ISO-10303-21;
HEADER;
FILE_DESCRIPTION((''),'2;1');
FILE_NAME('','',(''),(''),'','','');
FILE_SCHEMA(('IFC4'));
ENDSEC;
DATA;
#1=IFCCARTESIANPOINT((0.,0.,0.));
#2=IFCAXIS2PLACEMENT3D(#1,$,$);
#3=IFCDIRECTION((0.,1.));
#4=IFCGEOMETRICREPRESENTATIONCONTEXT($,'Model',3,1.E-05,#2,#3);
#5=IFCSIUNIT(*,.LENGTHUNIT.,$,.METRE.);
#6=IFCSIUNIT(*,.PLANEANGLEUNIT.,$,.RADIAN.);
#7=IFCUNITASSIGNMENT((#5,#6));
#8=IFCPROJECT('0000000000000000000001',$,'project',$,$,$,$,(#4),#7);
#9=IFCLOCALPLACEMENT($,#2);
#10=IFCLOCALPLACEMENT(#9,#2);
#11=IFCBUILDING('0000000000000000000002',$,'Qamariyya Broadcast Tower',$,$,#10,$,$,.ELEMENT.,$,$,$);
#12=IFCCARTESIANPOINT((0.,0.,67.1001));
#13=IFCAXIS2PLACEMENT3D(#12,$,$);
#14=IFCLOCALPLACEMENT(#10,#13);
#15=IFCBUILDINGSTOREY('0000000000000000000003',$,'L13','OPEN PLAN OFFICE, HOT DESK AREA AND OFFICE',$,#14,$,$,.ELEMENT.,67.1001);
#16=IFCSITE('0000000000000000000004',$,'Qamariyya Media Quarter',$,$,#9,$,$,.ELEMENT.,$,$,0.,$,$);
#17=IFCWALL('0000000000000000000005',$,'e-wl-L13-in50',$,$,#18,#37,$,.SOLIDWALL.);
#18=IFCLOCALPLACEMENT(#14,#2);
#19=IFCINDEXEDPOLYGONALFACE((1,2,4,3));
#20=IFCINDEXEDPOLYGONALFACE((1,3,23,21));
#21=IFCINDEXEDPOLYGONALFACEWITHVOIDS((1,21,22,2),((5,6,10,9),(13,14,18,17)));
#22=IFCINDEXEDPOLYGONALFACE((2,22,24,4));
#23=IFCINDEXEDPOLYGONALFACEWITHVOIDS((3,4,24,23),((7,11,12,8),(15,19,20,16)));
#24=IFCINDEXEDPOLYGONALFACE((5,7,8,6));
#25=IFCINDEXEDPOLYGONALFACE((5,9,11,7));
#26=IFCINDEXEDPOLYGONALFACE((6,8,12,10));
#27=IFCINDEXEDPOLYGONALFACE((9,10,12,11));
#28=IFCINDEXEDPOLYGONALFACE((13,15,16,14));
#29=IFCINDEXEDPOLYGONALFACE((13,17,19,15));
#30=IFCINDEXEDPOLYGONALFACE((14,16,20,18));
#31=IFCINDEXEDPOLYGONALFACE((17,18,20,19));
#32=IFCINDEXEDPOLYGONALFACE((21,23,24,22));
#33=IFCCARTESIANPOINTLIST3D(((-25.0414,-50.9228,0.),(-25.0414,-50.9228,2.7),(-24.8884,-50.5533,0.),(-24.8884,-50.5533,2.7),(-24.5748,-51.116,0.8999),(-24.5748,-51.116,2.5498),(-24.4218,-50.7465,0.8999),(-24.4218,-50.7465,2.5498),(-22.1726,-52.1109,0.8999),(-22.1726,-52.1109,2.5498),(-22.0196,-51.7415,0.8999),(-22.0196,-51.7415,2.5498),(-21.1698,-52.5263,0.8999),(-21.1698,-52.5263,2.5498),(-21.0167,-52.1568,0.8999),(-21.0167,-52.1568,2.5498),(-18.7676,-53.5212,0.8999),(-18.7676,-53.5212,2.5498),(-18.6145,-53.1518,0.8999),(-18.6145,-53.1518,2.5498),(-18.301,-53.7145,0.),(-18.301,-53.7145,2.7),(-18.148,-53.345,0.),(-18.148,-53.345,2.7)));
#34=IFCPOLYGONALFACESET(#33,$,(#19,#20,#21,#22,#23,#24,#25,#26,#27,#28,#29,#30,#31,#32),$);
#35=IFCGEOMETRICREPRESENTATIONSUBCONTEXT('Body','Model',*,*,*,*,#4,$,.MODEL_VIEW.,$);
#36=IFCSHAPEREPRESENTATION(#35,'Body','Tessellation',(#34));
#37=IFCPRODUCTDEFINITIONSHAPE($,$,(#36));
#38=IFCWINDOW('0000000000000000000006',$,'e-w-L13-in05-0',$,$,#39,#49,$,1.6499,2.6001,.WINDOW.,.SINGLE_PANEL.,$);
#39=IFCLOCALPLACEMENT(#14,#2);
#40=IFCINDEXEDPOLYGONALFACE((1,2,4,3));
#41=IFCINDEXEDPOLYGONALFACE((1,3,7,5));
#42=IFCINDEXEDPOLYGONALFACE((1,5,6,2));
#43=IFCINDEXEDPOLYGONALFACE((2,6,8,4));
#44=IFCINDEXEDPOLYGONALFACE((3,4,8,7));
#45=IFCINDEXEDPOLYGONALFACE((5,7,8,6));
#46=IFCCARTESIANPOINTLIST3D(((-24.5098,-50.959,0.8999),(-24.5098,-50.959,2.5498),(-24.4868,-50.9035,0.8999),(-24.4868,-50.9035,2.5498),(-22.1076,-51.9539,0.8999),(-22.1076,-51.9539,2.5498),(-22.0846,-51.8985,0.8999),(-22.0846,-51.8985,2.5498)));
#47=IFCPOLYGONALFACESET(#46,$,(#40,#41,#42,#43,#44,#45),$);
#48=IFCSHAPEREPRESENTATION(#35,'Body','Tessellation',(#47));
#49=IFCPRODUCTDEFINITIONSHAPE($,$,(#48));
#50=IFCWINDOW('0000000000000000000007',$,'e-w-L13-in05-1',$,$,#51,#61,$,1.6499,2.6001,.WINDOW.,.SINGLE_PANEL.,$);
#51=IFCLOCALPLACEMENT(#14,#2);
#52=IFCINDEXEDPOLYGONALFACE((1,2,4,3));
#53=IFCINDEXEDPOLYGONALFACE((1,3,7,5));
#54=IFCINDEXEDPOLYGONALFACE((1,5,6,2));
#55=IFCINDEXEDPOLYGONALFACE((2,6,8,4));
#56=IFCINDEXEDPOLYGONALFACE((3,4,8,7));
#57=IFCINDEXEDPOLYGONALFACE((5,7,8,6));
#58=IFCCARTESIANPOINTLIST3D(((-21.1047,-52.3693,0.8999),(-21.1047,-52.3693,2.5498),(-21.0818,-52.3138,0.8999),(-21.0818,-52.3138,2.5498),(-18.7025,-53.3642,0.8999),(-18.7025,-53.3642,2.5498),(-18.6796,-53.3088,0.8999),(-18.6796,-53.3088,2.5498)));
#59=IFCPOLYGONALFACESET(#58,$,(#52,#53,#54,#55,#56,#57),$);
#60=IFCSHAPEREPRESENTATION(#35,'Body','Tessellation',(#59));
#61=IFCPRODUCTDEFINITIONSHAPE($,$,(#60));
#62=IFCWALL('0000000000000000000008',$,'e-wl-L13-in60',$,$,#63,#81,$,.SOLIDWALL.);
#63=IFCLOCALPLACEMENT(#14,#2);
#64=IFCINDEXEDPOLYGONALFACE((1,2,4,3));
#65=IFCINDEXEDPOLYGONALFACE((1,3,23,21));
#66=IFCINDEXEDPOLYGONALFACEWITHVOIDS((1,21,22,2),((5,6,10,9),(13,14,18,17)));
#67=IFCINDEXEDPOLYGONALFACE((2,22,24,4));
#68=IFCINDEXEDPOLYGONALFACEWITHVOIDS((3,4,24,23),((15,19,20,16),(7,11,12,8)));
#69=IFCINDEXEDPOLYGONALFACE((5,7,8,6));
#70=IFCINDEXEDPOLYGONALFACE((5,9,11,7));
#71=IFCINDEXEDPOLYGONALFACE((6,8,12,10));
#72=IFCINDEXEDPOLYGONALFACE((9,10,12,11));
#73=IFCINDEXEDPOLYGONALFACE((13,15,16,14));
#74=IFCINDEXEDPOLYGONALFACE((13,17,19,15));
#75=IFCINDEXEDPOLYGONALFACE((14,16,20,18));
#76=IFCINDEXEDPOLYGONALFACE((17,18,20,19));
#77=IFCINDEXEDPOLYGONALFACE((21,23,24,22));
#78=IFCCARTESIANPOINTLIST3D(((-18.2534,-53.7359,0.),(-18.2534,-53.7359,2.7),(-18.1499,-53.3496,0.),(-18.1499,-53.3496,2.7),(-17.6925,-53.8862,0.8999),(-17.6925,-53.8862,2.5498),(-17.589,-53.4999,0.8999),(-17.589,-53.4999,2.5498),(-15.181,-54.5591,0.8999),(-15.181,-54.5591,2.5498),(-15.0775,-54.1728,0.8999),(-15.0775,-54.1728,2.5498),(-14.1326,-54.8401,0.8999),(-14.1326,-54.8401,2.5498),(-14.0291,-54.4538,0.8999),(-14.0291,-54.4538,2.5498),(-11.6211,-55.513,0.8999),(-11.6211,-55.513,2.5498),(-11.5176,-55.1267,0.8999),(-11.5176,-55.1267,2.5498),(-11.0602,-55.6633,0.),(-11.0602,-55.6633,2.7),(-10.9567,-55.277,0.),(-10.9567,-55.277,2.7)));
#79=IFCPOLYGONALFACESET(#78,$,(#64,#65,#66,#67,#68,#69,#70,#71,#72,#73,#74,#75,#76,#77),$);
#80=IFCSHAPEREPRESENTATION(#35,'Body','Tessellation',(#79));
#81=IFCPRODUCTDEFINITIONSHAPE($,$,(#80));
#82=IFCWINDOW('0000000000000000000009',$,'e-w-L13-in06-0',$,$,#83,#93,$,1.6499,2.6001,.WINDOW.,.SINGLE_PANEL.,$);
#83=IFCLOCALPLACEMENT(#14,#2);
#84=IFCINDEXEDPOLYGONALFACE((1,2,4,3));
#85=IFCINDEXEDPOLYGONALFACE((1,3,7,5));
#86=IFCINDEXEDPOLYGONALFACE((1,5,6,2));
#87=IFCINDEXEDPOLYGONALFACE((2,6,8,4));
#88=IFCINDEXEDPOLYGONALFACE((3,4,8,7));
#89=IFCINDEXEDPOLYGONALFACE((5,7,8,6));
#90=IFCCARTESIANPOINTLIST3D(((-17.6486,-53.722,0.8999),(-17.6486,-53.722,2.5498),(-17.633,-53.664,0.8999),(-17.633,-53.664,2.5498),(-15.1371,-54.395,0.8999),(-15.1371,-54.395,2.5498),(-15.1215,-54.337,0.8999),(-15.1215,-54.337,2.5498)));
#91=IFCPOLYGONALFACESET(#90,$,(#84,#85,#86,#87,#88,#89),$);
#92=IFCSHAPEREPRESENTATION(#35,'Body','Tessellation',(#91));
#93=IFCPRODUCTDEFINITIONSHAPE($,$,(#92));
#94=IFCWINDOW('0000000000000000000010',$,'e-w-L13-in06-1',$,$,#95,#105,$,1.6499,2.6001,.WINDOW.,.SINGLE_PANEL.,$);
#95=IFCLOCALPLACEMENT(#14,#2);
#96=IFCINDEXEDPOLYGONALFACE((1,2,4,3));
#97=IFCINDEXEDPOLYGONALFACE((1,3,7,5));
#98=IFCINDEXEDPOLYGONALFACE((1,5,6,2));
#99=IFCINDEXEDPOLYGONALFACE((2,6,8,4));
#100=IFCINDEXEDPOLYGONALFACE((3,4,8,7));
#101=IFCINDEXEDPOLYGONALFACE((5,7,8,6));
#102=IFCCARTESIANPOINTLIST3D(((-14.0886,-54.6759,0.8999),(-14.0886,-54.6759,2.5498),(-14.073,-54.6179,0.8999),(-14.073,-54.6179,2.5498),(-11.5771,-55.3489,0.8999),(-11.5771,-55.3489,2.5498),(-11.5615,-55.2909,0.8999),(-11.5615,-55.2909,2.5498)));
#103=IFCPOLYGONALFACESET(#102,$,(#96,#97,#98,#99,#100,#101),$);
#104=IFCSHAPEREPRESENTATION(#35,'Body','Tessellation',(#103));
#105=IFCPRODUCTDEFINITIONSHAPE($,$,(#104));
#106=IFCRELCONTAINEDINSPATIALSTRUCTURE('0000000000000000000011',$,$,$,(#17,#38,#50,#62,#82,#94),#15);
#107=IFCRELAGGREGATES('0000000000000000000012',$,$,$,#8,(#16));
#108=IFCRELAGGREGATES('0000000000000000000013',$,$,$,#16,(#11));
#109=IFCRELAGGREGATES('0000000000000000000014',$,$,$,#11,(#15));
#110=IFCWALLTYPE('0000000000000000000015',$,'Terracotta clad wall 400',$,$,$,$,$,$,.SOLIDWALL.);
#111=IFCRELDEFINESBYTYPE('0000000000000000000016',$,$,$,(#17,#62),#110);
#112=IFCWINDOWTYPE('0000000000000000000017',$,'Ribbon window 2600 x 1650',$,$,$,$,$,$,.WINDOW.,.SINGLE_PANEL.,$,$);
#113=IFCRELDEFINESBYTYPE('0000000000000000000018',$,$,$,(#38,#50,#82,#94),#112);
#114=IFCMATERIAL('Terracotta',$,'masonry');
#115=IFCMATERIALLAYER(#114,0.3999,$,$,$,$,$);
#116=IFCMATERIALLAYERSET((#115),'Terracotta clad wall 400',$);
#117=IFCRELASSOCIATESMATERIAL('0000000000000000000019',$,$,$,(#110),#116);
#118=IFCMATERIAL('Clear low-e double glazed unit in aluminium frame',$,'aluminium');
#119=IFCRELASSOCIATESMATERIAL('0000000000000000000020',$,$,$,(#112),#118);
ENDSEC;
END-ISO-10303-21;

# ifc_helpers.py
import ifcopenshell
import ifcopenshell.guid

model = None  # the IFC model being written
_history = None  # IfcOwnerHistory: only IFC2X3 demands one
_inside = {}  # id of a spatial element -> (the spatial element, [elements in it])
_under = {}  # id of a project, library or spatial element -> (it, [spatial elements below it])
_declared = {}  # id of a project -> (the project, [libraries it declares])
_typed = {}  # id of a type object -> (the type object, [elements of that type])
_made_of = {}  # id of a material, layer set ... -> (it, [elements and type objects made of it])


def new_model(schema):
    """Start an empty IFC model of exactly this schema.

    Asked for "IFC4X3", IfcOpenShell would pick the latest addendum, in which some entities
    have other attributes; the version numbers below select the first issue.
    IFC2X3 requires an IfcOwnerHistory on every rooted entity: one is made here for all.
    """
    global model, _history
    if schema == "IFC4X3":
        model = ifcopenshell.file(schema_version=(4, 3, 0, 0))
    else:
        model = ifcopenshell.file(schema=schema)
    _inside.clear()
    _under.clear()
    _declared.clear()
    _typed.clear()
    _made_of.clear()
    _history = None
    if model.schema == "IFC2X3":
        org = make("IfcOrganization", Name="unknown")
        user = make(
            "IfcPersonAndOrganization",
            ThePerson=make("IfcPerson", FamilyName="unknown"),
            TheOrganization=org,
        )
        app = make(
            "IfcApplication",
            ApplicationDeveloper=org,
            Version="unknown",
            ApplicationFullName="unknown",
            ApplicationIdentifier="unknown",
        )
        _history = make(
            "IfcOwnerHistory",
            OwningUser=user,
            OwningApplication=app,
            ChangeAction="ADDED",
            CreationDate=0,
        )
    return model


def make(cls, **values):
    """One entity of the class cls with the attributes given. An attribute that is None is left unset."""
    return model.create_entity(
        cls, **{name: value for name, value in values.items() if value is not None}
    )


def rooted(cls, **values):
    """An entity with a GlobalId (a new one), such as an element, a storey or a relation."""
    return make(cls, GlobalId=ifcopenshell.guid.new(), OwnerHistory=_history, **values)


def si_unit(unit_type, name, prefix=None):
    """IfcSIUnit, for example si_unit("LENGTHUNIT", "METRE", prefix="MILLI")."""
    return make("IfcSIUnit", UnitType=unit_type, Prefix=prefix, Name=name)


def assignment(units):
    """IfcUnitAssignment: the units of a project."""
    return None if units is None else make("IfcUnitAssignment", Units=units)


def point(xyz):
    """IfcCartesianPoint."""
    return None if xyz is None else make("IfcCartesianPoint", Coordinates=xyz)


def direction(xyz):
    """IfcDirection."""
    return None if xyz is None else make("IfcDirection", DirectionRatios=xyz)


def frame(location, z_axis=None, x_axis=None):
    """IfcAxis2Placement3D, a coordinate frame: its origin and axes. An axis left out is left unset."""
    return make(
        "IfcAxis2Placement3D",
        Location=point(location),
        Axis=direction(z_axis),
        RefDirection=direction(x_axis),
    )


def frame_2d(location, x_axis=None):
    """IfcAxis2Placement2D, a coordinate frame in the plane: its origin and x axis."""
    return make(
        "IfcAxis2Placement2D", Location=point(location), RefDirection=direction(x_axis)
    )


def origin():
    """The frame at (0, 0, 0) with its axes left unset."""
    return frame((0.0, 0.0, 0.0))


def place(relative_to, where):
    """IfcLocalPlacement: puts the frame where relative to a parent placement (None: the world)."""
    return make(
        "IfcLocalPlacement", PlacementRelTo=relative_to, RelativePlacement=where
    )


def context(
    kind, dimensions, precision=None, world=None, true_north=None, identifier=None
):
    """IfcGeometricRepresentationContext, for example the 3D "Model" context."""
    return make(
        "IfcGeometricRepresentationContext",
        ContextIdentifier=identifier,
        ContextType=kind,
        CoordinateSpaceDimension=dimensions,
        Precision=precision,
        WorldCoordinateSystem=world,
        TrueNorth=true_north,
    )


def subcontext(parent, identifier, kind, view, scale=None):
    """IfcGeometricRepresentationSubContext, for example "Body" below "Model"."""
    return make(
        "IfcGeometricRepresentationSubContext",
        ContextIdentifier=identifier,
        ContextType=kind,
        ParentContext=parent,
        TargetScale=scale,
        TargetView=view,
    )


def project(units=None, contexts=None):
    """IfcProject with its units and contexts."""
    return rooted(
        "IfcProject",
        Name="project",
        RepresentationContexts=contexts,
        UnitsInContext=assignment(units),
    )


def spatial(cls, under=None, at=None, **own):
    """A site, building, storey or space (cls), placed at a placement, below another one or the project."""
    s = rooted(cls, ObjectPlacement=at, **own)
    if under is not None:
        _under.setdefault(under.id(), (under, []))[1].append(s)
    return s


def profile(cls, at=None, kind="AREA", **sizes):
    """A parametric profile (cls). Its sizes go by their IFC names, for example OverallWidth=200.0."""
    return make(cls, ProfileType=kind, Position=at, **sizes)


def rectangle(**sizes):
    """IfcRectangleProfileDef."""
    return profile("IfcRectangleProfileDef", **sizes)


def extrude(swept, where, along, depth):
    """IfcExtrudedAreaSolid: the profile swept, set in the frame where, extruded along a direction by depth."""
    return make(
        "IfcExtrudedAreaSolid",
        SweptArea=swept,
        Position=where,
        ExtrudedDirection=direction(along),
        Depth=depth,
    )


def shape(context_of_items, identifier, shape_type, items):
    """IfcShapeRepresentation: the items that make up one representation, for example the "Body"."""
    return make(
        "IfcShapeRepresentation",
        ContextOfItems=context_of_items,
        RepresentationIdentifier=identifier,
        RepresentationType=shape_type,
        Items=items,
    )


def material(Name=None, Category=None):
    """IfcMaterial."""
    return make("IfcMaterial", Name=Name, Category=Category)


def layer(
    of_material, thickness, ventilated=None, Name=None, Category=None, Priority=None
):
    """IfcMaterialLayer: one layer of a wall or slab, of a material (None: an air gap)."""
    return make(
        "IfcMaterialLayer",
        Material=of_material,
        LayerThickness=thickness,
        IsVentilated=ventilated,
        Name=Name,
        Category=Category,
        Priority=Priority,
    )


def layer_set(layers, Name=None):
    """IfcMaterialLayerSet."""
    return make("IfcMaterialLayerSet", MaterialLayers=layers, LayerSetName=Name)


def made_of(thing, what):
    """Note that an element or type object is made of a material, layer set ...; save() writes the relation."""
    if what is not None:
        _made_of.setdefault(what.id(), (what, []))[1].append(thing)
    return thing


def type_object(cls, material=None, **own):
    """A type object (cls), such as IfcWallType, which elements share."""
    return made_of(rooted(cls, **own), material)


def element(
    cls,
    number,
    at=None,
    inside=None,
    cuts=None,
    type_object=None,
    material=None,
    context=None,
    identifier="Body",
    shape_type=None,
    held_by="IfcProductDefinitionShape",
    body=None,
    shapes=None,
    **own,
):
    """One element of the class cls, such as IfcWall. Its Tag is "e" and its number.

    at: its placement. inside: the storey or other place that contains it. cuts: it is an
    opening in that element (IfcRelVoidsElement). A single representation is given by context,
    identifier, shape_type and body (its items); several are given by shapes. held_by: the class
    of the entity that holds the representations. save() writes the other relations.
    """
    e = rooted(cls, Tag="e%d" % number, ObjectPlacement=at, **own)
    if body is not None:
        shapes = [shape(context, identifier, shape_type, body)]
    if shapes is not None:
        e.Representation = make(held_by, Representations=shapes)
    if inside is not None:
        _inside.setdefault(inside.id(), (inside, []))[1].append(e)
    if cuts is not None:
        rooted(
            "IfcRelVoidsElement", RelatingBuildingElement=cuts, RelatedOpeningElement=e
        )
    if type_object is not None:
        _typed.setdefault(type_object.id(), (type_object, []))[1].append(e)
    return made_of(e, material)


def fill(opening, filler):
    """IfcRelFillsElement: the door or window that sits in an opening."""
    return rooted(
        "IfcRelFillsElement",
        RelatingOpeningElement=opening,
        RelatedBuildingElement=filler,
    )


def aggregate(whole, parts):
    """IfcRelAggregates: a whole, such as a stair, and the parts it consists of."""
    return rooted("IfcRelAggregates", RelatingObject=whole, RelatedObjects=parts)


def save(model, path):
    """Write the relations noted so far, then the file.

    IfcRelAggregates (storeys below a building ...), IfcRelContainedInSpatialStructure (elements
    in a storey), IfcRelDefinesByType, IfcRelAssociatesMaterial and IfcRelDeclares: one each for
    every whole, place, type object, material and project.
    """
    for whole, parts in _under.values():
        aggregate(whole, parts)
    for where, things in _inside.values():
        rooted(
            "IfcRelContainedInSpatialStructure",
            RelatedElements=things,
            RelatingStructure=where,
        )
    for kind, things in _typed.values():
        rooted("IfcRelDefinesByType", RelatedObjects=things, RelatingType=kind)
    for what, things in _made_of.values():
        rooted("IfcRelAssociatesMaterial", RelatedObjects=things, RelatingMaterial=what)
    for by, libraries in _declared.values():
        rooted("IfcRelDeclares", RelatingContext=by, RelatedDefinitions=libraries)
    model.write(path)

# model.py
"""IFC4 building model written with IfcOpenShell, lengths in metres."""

from ifc_helpers import new_model, si_unit, direction, frame, frame_2d, origin, place, context, subcontext, project, spatial, rectangle, extrude, material, layer, layer_set, type_object, element, fill, save


model = new_model("IFC4")

# Units and contexts
model_context = context("Model", 3, precision=1e-05, world=origin(), true_north=direction((0.0, 1.0)))
body_context = subcontext(model_context, "Body", "Model", "MODEL_VIEW")
ifc_project = project(units=[si_unit("LENGTHUNIT", "METRE"), si_unit("PLANEANGLEUNIT", "RADIAN")], contexts=[model_context])

# Site, building, storey
site_placement = place(None, origin())
site = spatial("IfcSite", under=ifc_project, at=site_placement, Name="Qamariyya Media Quarter", CompositionType="ELEMENT", RefElevation=0.0)
building_placement = place(site_placement, origin())
building = spatial("IfcBuilding", under=site, at=building_placement, Name="Qamariyya Broadcast Tower", CompositionType="ELEMENT")
storey_placement = place(building_placement, frame((0.0, 0.0, 67.1001)))
storey = spatial("IfcBuildingStorey", under=building, at=storey_placement, Name="L13", Description="OPEN PLAN OFFICE, HOT DESK AREA AND OFFICE", CompositionType="ELEMENT", Elevation=67.1001)

# Walls, openings, windows
ifc_material_1 = material(Name="Terracotta", Category="masonry")
ifc_layer_1 = layer(ifc_material_1, 0.3999)
ifc_layer_set_1 = layer_set([ifc_layer_1], Name="Terracotta clad wall 400")
wall_type_1 = type_object("IfcWallType", Name="Terracotta clad wall 400", PredefinedType="SOLIDWALL", material=ifc_layer_set_1)
ifc_material_2 = material(Name="Clear low-e double glazed unit in aluminium frame", Category="aluminium")
window_type = type_object("IfcWindowType", Name="Ribbon window 2600 x 1650", PartitioningType="SINGLE_PANEL", PredefinedType="WINDOW", material=ifc_material_2)
wall_1_placement = place(storey_placement, frame((-18.2244, -53.5298, 0.0), z_axis=(0.0, 0.0, 1.0), x_axis=(-0.923892, 0.382654, 0.0)))
wall_1 = element("IfcWall", 1, at=wall_1_placement, inside=storey, type_object=wall_type_1, Name="e-wl-L13-in50", PredefinedType="SOLIDWALL", context=body_context, shape_type="SweptSolid", body=[
    extrude(rectangle(XDim=7.2957, YDim=0.3999, at=frame_2d((3.6479, 0.0))), origin(), (0.0, 0.0, 1.0), 2.7),
])
opening_1_placement = place(wall_1_placement, frame((4.1907, 0.0, 0.8999)))
opening_1 = element("IfcOpeningElement", 2, at=opening_1_placement, cuts=wall_1, PredefinedType="OPENING", context=body_context, shape_type="SweptSolid", body=[
    extrude(rectangle(XDim=2.6001, YDim=1.6499, at=frame_2d((1.3, 0.825))), frame((0.0, 0.21, 0.0), z_axis=(0.0, -1.0, 0.0), x_axis=(1.0, 0.0, 0.0)), (0.0, 0.0, 1.0), 0.4199),
])
opening_2_placement = place(wall_1_placement, frame((0.5051, 0.0, 0.8999)))
opening_2 = element("IfcOpeningElement", 3, at=opening_2_placement, cuts=wall_1, PredefinedType="OPENING", context=body_context, shape_type="SweptSolid", body=[
    extrude(rectangle(XDim=2.6001, YDim=1.6499, at=frame_2d((1.3, 0.825))), frame((0.0, 0.21, 0.0), z_axis=(0.0, -1.0, 0.0), x_axis=(1.0, 0.0, 0.0)), (0.0, 0.0, 1.0), 0.4199),
])
window_1_placement = place(opening_1_placement, origin())
window_1 = element("IfcWindow", 4, at=window_1_placement, inside=storey, type_object=window_type, Name="e-w-L13-in05-0", OverallHeight=1.6499, OverallWidth=2.6001, PartitioningType="SINGLE_PANEL", PredefinedType="WINDOW", context=body_context, shape_type="SweptSolid", body=[
    extrude(rectangle(XDim=2.6001, YDim=1.6499, at=frame_2d((1.3, 0.825))), frame((0.0, 0.03, 0.0), z_axis=(0.0, -1.0, 0.0), x_axis=(1.0, 0.0, 0.0)), (0.0, 0.0, 1.0), 0.0601),
])
fill(opening_1, window_1)
window_2_placement = place(opening_2_placement, origin())
window_2 = element("IfcWindow", 5, at=window_2_placement, inside=storey, type_object=window_type, Name="e-w-L13-in05-1", OverallHeight=1.6499, OverallWidth=2.6001, PartitioningType="SINGLE_PANEL", PredefinedType="WINDOW", context=body_context, shape_type="SweptSolid", body=[
    extrude(rectangle(XDim=2.6001, YDim=1.6499, at=frame_2d((1.3, 0.825))), frame((0.0, 0.03, 0.0), z_axis=(0.0, -1.0, 0.0), x_axis=(1.0, 0.0, 0.0)), (0.0, 0.0, 1.0), 0.0601),
])
fill(opening_2, window_2)
wall_2_placement = place(storey_placement, frame((-11.0083, -55.4702, 0.0), z_axis=(0.0, 0.0, 1.0), x_axis=(-0.965925, 0.258823, 0.0)))
wall_2 = element("IfcWall", 6, at=wall_2_placement, inside=storey, type_object=wall_type_1, Name="e-wl-L13-in60", PredefinedType="SOLIDWALL", context=body_context, shape_type="SweptSolid", body=[
    extrude(rectangle(XDim=7.447, YDim=0.3999, at=frame_2d((3.7236, 0.0))), origin(), (0.0, 0.0, 1.0), 2.7),
])
opening_3_placement = place(wall_2_placement, frame((4.2664, 0.0, 0.8999)))
opening_3 = element("IfcOpeningElement", 7, at=opening_3_placement, cuts=wall_2, PredefinedType="OPENING", context=body_context, shape_type="SweptSolid", body=[
    extrude(rectangle(XDim=2.6001, YDim=1.6499, at=frame_2d((1.3, 0.825))), frame((0.0, 0.21, 0.0), z_axis=(0.0, -1.0, 0.0), x_axis=(1.0, 0.0, 0.0)), (0.0, 0.0, 1.0), 0.4199),
])
opening_4_placement = place(wall_2_placement, frame((0.5808, 0.0, 0.8999)))
opening_4 = element("IfcOpeningElement", 8, at=opening_4_placement, cuts=wall_2, PredefinedType="OPENING", context=body_context, shape_type="SweptSolid", body=[
    extrude(rectangle(XDim=2.6001, YDim=1.6499, at=frame_2d((1.3, 0.825))), frame((0.0, 0.21, 0.0), z_axis=(0.0, -1.0, 0.0), x_axis=(1.0, 0.0, 0.0)), (0.0, 0.0, 1.0), 0.4199),
])
window_3_placement = place(opening_3_placement, origin())
window_3 = element("IfcWindow", 9, at=window_3_placement, inside=storey, type_object=window_type, Name="e-w-L13-in06-0", OverallHeight=1.6499, OverallWidth=2.6001, PartitioningType="SINGLE_PANEL", PredefinedType="WINDOW", context=body_context, shape_type="SweptSolid", body=[
    extrude(rectangle(XDim=2.6001, YDim=1.6499, at=frame_2d((1.3, 0.825))), frame((0.0, 0.03, 0.0), z_axis=(0.0, -1.0, 0.0), x_axis=(1.0, 0.0, 0.0)), (0.0, 0.0, 1.0), 0.0601),
])
fill(opening_3, window_3)
window_4_placement = place(opening_4_placement, origin())
window_4 = element("IfcWindow", 10, at=window_4_placement, inside=storey, type_object=window_type, Name="e-w-L13-in06-1", OverallHeight=1.6499, OverallWidth=2.6001, PartitioningType="SINGLE_PANEL", PredefinedType="WINDOW", context=body_context, shape_type="SweptSolid", body=[
    extrude(rectangle(XDim=2.6001, YDim=1.6499, at=frame_2d((1.3, 0.825))), frame((0.0, 0.03, 0.0), z_axis=(0.0, -1.0, 0.0), x_axis=(1.0, 0.0, 0.0)), (0.0, 0.0, 1.0), 0.0601),
])
fill(opening_4, window_4)

save(model, "model.ifc")
